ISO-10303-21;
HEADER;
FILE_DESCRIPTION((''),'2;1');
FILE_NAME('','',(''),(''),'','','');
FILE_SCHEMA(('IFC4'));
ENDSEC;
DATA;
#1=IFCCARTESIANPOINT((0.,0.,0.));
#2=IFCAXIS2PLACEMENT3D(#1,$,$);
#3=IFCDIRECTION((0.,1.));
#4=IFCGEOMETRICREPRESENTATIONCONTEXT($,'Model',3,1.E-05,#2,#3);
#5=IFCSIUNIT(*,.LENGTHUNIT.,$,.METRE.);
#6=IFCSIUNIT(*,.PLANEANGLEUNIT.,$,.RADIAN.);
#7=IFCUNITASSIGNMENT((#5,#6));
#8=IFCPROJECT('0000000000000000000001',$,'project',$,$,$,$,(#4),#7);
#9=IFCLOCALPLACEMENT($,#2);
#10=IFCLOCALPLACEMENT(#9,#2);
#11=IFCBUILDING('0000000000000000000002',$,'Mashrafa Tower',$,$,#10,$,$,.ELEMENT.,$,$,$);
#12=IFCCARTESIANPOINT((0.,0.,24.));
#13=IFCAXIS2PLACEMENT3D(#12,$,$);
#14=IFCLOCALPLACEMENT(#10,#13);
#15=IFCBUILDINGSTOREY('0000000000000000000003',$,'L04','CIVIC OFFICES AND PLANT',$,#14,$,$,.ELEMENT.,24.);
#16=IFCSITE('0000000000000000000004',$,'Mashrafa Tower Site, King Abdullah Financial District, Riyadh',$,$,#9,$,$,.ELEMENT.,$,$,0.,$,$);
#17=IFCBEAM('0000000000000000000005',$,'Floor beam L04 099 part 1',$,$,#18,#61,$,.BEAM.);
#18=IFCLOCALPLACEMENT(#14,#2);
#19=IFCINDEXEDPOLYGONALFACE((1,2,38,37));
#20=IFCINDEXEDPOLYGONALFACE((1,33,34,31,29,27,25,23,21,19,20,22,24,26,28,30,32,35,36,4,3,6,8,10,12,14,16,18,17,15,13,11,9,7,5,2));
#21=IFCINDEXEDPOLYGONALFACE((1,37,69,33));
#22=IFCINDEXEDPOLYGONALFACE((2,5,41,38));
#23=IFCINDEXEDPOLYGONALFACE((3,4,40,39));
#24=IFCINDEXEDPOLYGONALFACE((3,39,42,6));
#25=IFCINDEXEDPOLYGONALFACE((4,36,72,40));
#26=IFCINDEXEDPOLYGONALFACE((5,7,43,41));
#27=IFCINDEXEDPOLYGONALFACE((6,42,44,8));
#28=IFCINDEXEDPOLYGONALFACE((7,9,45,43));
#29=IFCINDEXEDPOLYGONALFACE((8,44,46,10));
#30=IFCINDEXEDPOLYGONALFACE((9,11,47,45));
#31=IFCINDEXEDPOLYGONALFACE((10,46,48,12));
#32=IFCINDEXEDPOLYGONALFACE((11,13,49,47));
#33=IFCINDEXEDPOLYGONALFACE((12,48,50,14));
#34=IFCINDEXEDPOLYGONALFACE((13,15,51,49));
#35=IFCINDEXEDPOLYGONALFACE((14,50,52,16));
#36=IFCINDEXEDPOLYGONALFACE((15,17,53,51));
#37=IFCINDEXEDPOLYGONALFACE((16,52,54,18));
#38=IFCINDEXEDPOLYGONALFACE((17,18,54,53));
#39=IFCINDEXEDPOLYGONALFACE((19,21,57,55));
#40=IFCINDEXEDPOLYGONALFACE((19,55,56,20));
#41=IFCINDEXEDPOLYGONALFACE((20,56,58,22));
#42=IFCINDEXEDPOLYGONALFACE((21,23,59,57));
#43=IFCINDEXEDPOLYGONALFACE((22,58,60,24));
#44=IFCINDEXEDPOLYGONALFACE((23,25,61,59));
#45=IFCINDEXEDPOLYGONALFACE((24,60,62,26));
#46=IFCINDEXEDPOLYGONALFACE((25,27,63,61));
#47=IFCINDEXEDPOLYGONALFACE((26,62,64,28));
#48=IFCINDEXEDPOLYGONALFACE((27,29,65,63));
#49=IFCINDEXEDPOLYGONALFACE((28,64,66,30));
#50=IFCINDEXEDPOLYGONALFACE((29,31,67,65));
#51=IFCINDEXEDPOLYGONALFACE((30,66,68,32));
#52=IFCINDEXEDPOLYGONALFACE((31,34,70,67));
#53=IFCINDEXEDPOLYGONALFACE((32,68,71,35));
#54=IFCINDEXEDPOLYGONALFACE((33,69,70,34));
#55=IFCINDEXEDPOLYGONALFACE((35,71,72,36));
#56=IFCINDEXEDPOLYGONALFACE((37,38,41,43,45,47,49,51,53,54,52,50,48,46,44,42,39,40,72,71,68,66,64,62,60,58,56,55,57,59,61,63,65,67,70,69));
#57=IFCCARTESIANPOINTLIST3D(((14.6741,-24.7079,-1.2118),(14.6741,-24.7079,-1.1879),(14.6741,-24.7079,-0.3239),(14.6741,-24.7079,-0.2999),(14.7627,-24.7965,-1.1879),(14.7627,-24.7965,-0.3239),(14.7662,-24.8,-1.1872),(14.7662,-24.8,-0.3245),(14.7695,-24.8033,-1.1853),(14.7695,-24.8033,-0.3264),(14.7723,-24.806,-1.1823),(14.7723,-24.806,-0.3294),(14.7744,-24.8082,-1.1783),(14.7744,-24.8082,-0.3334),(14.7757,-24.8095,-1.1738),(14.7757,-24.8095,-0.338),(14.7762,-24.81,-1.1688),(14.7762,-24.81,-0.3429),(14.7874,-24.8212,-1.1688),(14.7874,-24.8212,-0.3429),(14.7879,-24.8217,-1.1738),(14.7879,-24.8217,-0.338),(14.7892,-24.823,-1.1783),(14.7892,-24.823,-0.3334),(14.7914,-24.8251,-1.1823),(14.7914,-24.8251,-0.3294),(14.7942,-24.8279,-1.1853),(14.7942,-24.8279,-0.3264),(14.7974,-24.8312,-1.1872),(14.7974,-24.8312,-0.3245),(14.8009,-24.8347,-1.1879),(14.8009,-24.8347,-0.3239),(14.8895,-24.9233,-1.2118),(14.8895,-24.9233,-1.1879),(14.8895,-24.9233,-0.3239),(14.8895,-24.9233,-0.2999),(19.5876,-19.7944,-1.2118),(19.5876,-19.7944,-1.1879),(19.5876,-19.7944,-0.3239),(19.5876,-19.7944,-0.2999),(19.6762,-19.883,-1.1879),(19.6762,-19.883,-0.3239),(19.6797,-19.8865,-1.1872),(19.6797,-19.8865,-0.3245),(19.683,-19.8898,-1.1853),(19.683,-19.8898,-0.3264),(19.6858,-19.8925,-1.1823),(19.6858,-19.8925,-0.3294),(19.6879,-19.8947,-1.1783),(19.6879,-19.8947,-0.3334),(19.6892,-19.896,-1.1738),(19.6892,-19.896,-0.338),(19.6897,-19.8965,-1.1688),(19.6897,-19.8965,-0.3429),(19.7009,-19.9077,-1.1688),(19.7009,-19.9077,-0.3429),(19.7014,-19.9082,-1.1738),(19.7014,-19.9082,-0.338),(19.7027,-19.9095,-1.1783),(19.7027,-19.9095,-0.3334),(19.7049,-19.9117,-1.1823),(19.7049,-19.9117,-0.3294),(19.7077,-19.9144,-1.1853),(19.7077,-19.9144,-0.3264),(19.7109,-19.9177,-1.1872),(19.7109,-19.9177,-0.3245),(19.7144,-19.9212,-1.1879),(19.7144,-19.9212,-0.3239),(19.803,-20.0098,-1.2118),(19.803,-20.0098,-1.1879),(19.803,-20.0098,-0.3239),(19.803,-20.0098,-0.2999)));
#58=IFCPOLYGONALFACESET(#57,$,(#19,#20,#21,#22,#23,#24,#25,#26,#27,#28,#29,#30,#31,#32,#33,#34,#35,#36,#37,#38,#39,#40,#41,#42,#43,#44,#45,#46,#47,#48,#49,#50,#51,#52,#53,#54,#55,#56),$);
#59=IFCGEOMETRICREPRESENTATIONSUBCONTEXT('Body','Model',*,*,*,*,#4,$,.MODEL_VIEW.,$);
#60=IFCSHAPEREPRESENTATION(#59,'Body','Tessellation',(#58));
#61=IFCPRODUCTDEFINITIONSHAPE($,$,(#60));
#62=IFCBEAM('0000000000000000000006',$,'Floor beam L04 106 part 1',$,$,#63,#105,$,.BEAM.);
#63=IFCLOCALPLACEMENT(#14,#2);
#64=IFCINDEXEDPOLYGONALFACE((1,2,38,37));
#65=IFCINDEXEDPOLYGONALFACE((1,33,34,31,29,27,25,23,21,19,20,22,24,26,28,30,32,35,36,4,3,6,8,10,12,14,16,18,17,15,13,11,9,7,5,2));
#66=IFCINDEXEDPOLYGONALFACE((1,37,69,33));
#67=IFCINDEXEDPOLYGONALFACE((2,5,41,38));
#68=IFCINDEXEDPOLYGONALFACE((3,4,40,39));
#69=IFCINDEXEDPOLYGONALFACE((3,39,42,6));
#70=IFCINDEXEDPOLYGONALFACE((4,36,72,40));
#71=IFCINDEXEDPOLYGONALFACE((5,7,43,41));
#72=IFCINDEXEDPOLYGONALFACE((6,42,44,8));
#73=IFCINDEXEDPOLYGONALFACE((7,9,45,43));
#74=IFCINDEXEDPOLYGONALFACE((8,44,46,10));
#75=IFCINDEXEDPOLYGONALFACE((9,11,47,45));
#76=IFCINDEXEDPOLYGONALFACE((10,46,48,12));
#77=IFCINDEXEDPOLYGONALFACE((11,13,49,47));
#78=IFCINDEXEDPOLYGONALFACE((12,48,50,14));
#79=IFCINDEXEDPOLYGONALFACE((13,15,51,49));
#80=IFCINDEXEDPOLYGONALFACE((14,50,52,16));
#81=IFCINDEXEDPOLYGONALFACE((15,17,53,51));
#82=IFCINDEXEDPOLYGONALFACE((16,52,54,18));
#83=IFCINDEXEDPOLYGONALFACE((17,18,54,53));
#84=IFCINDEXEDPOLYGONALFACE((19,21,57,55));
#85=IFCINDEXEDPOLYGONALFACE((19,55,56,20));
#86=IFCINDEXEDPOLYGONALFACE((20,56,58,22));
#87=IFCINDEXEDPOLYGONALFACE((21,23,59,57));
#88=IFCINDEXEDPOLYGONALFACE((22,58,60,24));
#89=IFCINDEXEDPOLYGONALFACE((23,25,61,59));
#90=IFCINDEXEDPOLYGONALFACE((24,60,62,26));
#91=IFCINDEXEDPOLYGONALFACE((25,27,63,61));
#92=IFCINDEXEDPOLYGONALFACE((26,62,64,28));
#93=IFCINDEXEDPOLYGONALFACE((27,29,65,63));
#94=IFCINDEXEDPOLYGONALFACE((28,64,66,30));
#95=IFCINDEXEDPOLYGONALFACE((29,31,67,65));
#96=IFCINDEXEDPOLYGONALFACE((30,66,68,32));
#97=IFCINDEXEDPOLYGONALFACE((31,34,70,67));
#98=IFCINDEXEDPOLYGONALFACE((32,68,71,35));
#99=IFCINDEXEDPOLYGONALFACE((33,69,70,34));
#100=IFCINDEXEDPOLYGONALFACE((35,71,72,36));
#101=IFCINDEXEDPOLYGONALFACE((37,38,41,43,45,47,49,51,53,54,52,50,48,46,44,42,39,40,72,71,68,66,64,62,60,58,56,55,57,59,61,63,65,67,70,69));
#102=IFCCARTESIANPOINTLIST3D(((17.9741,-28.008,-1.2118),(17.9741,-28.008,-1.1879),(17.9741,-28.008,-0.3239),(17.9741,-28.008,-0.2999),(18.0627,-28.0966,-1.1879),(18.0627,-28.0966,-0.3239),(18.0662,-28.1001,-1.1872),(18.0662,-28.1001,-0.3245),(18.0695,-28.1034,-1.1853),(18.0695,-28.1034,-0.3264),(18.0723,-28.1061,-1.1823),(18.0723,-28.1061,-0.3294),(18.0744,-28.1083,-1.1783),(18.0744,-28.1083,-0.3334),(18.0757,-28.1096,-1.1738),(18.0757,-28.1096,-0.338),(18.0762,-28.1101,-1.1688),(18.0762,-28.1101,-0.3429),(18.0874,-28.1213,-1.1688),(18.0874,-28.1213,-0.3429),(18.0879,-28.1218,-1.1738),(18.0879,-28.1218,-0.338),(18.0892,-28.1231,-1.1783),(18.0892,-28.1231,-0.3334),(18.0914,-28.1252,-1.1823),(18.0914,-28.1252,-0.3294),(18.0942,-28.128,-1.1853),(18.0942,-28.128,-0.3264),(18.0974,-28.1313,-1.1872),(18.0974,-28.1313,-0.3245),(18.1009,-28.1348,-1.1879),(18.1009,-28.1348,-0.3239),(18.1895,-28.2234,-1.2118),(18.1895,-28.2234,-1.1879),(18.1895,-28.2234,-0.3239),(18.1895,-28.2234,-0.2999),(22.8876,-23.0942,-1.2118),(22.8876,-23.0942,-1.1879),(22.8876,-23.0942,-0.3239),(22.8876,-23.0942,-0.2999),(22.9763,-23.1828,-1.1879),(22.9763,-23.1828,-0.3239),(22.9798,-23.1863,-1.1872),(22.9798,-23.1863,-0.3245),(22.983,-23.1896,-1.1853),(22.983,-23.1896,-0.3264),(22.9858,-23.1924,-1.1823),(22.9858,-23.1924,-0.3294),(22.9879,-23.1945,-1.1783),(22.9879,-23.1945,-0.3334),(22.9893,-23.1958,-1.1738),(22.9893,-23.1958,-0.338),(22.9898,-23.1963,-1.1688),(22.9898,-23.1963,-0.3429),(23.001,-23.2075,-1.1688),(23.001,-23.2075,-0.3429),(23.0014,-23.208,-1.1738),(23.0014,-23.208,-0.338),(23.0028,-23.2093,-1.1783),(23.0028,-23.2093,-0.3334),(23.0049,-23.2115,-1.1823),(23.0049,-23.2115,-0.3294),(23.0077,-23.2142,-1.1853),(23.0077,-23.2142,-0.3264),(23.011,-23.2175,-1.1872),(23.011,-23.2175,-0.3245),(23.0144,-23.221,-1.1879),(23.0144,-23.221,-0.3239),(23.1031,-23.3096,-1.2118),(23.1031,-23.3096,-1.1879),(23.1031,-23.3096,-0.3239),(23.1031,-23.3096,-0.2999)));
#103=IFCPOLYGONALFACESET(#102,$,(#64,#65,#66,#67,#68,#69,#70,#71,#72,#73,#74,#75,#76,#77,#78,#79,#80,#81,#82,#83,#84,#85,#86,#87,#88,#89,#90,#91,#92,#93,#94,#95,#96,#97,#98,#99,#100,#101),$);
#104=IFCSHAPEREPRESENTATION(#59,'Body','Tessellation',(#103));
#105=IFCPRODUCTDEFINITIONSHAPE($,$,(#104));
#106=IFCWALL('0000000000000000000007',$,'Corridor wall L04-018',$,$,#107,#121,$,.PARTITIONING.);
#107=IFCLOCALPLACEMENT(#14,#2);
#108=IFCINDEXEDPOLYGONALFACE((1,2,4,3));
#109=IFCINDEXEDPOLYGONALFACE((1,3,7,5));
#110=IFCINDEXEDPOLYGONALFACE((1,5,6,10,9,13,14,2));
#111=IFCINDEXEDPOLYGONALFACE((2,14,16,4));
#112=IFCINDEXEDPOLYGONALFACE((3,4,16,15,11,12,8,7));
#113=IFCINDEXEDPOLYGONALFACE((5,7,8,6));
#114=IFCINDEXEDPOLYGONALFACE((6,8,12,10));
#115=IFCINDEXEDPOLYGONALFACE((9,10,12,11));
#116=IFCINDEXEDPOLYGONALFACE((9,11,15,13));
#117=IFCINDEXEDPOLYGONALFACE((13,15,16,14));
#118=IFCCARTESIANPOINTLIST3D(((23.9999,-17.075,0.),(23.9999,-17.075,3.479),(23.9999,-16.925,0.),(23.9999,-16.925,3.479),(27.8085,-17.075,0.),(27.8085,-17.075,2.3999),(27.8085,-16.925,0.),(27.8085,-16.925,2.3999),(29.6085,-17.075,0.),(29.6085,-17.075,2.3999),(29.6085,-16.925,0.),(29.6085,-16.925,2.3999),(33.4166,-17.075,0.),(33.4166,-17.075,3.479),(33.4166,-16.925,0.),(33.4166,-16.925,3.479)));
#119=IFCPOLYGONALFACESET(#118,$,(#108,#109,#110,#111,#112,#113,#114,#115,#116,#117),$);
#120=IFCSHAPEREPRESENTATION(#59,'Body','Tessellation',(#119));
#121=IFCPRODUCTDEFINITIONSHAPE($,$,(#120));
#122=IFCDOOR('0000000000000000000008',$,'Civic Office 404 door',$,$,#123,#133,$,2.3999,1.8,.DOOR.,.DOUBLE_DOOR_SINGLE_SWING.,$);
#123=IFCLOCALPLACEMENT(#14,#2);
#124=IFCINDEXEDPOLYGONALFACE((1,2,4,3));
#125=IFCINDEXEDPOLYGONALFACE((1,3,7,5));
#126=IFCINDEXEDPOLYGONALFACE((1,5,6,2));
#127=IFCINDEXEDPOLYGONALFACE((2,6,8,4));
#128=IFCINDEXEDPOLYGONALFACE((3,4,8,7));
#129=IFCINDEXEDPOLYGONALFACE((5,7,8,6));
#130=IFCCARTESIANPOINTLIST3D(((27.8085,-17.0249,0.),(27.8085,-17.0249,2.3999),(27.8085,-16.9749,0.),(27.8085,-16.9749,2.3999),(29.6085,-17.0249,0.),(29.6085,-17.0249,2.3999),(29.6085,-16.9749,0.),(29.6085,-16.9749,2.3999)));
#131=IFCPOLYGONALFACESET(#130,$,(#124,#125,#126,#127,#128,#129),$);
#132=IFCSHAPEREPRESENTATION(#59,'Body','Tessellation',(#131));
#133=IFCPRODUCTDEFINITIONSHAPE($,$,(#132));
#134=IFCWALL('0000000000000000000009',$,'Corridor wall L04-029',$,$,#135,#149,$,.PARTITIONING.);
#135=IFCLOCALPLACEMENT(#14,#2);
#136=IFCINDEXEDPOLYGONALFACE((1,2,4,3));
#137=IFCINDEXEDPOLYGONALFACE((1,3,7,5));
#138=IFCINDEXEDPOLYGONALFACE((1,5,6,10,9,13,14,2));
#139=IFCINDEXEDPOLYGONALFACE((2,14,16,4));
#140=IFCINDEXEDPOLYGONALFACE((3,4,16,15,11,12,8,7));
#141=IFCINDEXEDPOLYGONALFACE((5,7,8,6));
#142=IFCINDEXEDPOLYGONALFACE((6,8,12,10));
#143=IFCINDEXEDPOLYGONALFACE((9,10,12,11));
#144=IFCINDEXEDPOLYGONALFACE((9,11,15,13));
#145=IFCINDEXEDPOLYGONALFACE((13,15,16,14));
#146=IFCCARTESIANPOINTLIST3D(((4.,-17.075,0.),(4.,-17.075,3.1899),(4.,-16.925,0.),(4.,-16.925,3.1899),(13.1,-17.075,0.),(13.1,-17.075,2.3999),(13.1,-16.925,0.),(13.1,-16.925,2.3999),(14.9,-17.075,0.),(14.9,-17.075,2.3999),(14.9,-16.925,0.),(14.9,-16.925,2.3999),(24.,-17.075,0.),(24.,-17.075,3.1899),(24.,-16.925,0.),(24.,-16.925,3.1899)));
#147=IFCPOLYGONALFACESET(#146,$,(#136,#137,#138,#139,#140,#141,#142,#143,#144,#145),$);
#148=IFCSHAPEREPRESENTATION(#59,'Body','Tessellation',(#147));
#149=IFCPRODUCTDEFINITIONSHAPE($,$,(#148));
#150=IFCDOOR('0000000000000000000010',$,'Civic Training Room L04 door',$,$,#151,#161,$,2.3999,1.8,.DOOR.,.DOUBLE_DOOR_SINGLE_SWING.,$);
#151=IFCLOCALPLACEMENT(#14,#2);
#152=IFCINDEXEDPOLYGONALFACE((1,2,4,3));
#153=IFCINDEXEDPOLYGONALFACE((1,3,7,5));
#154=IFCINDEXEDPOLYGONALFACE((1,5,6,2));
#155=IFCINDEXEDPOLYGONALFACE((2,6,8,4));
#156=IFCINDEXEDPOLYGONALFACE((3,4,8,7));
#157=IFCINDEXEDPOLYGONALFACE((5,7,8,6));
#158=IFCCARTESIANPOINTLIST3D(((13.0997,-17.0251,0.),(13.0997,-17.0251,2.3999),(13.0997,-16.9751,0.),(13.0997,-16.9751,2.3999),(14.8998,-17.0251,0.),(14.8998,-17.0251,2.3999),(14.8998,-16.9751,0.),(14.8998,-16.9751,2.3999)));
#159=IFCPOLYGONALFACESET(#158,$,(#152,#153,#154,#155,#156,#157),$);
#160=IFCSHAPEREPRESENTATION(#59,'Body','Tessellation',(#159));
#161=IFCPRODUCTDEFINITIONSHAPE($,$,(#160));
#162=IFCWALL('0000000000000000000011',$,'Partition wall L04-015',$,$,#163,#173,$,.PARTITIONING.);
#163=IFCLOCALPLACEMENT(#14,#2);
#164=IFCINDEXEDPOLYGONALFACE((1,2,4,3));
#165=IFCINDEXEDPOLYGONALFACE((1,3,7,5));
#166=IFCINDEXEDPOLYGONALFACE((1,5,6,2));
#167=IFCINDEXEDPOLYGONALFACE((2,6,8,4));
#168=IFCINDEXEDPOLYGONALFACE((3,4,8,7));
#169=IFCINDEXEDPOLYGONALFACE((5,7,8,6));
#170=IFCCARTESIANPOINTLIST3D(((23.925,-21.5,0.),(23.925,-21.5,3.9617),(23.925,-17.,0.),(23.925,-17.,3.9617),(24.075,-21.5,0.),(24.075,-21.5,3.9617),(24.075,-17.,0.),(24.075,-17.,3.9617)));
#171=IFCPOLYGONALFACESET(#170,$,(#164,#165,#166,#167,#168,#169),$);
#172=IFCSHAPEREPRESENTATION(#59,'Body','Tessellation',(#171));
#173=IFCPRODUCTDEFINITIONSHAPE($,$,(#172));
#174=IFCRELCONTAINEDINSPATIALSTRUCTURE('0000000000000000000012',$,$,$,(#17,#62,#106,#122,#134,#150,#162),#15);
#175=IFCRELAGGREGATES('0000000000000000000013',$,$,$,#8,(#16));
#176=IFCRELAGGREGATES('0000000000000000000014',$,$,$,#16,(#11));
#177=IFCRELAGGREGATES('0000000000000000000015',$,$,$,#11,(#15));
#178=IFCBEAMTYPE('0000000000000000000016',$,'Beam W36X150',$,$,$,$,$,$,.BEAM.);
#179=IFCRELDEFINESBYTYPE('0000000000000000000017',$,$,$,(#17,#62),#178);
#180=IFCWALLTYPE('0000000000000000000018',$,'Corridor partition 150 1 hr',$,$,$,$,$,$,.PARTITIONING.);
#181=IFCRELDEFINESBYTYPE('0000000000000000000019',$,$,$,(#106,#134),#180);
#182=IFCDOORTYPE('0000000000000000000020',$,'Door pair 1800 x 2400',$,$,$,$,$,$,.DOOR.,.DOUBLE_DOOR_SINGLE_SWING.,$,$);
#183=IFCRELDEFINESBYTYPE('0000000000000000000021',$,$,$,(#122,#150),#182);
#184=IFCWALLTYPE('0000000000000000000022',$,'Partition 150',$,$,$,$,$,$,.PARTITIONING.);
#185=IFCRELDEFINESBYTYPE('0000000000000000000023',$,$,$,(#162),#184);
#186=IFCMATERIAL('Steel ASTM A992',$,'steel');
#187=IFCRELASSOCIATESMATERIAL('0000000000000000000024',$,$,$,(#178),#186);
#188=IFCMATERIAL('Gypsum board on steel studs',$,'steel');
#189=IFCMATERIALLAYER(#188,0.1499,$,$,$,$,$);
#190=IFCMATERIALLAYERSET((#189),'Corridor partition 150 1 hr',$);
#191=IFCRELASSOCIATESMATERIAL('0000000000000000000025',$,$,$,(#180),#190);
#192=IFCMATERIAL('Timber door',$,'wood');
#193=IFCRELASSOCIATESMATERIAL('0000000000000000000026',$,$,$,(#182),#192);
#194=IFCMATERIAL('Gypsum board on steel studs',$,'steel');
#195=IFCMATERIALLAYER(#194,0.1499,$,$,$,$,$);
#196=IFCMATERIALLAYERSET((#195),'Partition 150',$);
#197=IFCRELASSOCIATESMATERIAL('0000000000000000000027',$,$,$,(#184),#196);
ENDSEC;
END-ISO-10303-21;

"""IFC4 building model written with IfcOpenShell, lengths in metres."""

from ifc_helpers import new_model, si_unit, direction, frame, frame_2d, origin, origin_2d, place, context, subcontext, project, spatial, rectangle, i_section, extrude, material, layer, layer_set, material_profile, profile_set, type_object, element, fill, save


model = new_model("IFC4")

# Units and contexts
model_context = context("Model", 3, precision=1e-05, world=origin(), true_north=direction((0.0, 1.0)))
body_context = subcontext(model_context, "Body", "Model", "MODEL_VIEW")
ifc_project = project(units=[si_unit("LENGTHUNIT", "METRE"), si_unit("PLANEANGLEUNIT", "RADIAN")], contexts=[model_context])

# Site, building, storey
site_placement = place(None, origin())
site = spatial("IfcSite", under=ifc_project, at=site_placement, Name="Mashrafa Tower Site, King Abdullah Financial District, Riyadh", CompositionType="ELEMENT", RefElevation=0.0)
building_placement = place(site_placement, origin())
building = spatial("IfcBuilding", under=site, at=building_placement, Name="Mashrafa Tower", CompositionType="ELEMENT")
storey_placement = place(building_placement, frame((0.0, 0.0, 24.0)))
storey = spatial("IfcBuildingStorey", under=building, at=storey_placement, Name="L04", Description="CIVIC OFFICES AND PLANT", CompositionType="ELEMENT", Elevation=24.0)

# Beams
ifc_material_1 = material(Name="Steel ASTM A992", Category="steel")
ifc_material_profile_1 = material_profile(ifc_material_1, i_section(OverallWidth=0.3047, OverallDepth=0.9119, WebThickness=0.0159, FlangeThickness=0.0239, FilletRadius=0.019, at=origin_2d()), Name="W36X150")
ifc_profile_set_1 = profile_set([ifc_material_profile_1], Name="Steel ASTM A992")
beam_type_1 = type_object("IfcBeamType", Name="Beam W36X150", PredefinedType="BEAM", material=ifc_profile_set_1)
beam_1_placement = place(storey_placement, frame((19.6953, -19.9021, -0.7559), z_axis=(-0.707107, -0.707107, 0.0), x_axis=(0.707107, -0.707107, 0.0)))
element("IfcBeam", 1, at=beam_1_placement, inside=storey, type_object=beam_type_1, Name="Floor beam L04 099 part 1", PredefinedType="BEAM", context=body_context, shape_type="SweptSolid", body=[
    extrude(i_section(OverallWidth=0.3047, OverallDepth=0.9119, WebThickness=0.0159, FlangeThickness=0.0239, FilletRadius=0.019, at=origin_2d()), origin(), (0.0, 0.0, 1.0), 6.9487),
])
beam_2_placement = place(storey_placement, frame((22.9954, -23.2019, -0.7559), z_axis=(-0.707089, -0.707124, 0.0), x_axis=(0.707124, -0.707089, 0.0)))
element("IfcBeam", 2, at=beam_2_placement, inside=storey, type_object=beam_type_1, Name="Floor beam L04 106 part 1", PredefinedType="BEAM", context=body_context, shape_type="SweptSolid", body=[
    extrude(i_section(OverallWidth=0.3047, OverallDepth=0.9119, WebThickness=0.0159, FlangeThickness=0.0239, FilletRadius=0.019, at=origin_2d()), origin(), (0.0, 0.0, 1.0), 6.949),
])

# Walls, openings, doors
ifc_material_2 = material(Name="Gypsum board on steel studs", Category="steel")
ifc_layer_1 = layer(ifc_material_2, 0.1499)
ifc_layer_set_1 = layer_set([ifc_layer_1], Name="Corridor partition 150 1 hr")
wall_type_1 = type_object("IfcWallType", Name="Corridor partition 150 1 hr", PredefinedType="PARTITIONING", material=ifc_layer_set_1)
wall_1_placement = place(storey_placement, frame((33.4167, -17.0, 0.0), z_axis=(0.0, 0.0, 1.0), x_axis=(-1.0, 0.0, 0.0)))
wall_1 = element("IfcWall", 3, at=wall_1_placement, inside=storey, type_object=wall_type_1, Name="Corridor wall L04-018", PredefinedType="PARTITIONING", context=body_context, shape_type="SweptSolid", body=[
    extrude(rectangle(XDim=9.4167, YDim=0.1499, at=frame_2d((4.7085, 0.0))), origin(), (0.0, 0.0, 1.0), 3.479),
])
opening_1_placement = place(wall_1_placement, frame((3.8083, 0.0, 0.0)))
opening_1 = element("IfcOpeningElement", 4, at=opening_1_placement, cuts=wall_1, PredefinedType="OPENING", context=body_context, shape_type="SweptSolid", body=[
    extrude(rectangle(XDim=1.8, YDim=2.3999, at=frame_2d((0.8999, 1.2))), frame((0.0, 0.085, 0.0), z_axis=(0.0, -1.0, 0.0), x_axis=(1.0, 0.0, 0.0)), (0.0, 0.0, 1.0), 0.1699),
])
ifc_material_3 = material(Name="Timber door", Category="wood")
door_type = type_object("IfcDoorType", Name="Door pair 1800 x 2400", OperationType="DOUBLE_DOOR_SINGLE_SWING", PredefinedType="DOOR", material=ifc_material_3)
door_1_placement = place(opening_1_placement, origin())
door_1 = element("IfcDoor", 5, at=door_1_placement, inside=storey, type_object=door_type, Name="Civic Office 404 door", OperationType="DOUBLE_DOOR_SINGLE_SWING", OverallHeight=2.3999, OverallWidth=1.8, PredefinedType="DOOR", context=body_context, shape_type="SweptSolid", body=[
    extrude(rectangle(XDim=1.8, YDim=2.3999, at=frame_2d((0.8999, 1.2))), frame((0.0, 0.0249, 0.0), z_axis=(0.0, -1.0, 0.0), x_axis=(1.0, 0.0, 0.0)), (0.0, 0.0, 1.0), 0.05),
])
fill(opening_1, door_1)
wall_2_placement = place(storey_placement, frame((24.0, -17.0, 0.0), z_axis=(0.0, 0.0, 1.0), x_axis=(-1.0, 0.0, 0.0)))
wall_2 = element("IfcWall", 6, at=wall_2_placement, inside=storey, type_object=wall_type_1, Name="Corridor wall L04-029", PredefinedType="PARTITIONING", context=body_context, shape_type="SweptSolid", body=[
    extrude(rectangle(XDim=20.0, YDim=0.1499, at=frame_2d((10.0, 0.0))), origin(), (0.0, 0.0, 1.0), 3.1899),
])
opening_2_placement = place(wall_2_placement, frame((9.1001, 0.0, 0.0)))
opening_2 = element("IfcOpeningElement", 7, at=opening_2_placement, cuts=wall_2, PredefinedType="OPENING", context=body_context, shape_type="SweptSolid", body=[
    extrude(rectangle(XDim=1.8, YDim=2.3999, at=frame_2d((0.8999, 1.2))), frame((0.0, 0.085, 0.0), z_axis=(0.0, -1.0, 0.0), x_axis=(1.0, 0.0, 0.0)), (0.0, 0.0, 1.0), 0.1699),
])
door_2_placement = place(opening_2_placement, frame((1.8, 0.0, 0.0), z_axis=(0.0, 0.0, 1.0), x_axis=(-1.0, 0.0, 0.0)))
door_2 = element("IfcDoor", 8, at=door_2_placement, inside=storey, type_object=door_type, Name="Civic Training Room L04 door", OperationType="DOUBLE_DOOR_SINGLE_SWING", OverallHeight=2.3999, OverallWidth=1.8, PredefinedType="DOOR", context=body_context, shape_type="SweptSolid", body=[
    extrude(rectangle(XDim=1.8, YDim=2.3999, at=frame_2d((0.8999, 1.2))), frame((0.0, 0.0249, 0.0), z_axis=(0.0, -1.0, 0.0), x_axis=(1.0, 0.0, 0.0)), (0.0, 0.0, 1.0), 0.05),
])
fill(opening_2, door_2)

# Wall
ifc_material_4 = material(Name="Gypsum board on steel studs", Category="steel")
ifc_layer_2 = layer(ifc_material_4, 0.1499)
ifc_layer_set_2 = layer_set([ifc_layer_2], Name="Partition 150")
wall_type_2 = type_object("IfcWallType", Name="Partition 150", PredefinedType="PARTITIONING", material=ifc_layer_set_2)
wall_3_placement = place(storey_placement, frame((24.0, -17.0, 0.0), z_axis=(0.0, 0.0, 1.0), x_axis=(0.0, -1.0, 0.0)))
element("IfcWall", 9, at=wall_3_placement, inside=storey, type_object=wall_type_2, Name="Partition wall L04-015", PredefinedType="PARTITIONING", context=body_context, shape_type="SweptSolid", body=[
    extrude(rectangle(XDim=4.5, YDim=0.1499, at=frame_2d((2.25, 0.0))), origin(), (0.0, 0.0, 1.0), 3.9617),
])

save(model, "model.ifc")
